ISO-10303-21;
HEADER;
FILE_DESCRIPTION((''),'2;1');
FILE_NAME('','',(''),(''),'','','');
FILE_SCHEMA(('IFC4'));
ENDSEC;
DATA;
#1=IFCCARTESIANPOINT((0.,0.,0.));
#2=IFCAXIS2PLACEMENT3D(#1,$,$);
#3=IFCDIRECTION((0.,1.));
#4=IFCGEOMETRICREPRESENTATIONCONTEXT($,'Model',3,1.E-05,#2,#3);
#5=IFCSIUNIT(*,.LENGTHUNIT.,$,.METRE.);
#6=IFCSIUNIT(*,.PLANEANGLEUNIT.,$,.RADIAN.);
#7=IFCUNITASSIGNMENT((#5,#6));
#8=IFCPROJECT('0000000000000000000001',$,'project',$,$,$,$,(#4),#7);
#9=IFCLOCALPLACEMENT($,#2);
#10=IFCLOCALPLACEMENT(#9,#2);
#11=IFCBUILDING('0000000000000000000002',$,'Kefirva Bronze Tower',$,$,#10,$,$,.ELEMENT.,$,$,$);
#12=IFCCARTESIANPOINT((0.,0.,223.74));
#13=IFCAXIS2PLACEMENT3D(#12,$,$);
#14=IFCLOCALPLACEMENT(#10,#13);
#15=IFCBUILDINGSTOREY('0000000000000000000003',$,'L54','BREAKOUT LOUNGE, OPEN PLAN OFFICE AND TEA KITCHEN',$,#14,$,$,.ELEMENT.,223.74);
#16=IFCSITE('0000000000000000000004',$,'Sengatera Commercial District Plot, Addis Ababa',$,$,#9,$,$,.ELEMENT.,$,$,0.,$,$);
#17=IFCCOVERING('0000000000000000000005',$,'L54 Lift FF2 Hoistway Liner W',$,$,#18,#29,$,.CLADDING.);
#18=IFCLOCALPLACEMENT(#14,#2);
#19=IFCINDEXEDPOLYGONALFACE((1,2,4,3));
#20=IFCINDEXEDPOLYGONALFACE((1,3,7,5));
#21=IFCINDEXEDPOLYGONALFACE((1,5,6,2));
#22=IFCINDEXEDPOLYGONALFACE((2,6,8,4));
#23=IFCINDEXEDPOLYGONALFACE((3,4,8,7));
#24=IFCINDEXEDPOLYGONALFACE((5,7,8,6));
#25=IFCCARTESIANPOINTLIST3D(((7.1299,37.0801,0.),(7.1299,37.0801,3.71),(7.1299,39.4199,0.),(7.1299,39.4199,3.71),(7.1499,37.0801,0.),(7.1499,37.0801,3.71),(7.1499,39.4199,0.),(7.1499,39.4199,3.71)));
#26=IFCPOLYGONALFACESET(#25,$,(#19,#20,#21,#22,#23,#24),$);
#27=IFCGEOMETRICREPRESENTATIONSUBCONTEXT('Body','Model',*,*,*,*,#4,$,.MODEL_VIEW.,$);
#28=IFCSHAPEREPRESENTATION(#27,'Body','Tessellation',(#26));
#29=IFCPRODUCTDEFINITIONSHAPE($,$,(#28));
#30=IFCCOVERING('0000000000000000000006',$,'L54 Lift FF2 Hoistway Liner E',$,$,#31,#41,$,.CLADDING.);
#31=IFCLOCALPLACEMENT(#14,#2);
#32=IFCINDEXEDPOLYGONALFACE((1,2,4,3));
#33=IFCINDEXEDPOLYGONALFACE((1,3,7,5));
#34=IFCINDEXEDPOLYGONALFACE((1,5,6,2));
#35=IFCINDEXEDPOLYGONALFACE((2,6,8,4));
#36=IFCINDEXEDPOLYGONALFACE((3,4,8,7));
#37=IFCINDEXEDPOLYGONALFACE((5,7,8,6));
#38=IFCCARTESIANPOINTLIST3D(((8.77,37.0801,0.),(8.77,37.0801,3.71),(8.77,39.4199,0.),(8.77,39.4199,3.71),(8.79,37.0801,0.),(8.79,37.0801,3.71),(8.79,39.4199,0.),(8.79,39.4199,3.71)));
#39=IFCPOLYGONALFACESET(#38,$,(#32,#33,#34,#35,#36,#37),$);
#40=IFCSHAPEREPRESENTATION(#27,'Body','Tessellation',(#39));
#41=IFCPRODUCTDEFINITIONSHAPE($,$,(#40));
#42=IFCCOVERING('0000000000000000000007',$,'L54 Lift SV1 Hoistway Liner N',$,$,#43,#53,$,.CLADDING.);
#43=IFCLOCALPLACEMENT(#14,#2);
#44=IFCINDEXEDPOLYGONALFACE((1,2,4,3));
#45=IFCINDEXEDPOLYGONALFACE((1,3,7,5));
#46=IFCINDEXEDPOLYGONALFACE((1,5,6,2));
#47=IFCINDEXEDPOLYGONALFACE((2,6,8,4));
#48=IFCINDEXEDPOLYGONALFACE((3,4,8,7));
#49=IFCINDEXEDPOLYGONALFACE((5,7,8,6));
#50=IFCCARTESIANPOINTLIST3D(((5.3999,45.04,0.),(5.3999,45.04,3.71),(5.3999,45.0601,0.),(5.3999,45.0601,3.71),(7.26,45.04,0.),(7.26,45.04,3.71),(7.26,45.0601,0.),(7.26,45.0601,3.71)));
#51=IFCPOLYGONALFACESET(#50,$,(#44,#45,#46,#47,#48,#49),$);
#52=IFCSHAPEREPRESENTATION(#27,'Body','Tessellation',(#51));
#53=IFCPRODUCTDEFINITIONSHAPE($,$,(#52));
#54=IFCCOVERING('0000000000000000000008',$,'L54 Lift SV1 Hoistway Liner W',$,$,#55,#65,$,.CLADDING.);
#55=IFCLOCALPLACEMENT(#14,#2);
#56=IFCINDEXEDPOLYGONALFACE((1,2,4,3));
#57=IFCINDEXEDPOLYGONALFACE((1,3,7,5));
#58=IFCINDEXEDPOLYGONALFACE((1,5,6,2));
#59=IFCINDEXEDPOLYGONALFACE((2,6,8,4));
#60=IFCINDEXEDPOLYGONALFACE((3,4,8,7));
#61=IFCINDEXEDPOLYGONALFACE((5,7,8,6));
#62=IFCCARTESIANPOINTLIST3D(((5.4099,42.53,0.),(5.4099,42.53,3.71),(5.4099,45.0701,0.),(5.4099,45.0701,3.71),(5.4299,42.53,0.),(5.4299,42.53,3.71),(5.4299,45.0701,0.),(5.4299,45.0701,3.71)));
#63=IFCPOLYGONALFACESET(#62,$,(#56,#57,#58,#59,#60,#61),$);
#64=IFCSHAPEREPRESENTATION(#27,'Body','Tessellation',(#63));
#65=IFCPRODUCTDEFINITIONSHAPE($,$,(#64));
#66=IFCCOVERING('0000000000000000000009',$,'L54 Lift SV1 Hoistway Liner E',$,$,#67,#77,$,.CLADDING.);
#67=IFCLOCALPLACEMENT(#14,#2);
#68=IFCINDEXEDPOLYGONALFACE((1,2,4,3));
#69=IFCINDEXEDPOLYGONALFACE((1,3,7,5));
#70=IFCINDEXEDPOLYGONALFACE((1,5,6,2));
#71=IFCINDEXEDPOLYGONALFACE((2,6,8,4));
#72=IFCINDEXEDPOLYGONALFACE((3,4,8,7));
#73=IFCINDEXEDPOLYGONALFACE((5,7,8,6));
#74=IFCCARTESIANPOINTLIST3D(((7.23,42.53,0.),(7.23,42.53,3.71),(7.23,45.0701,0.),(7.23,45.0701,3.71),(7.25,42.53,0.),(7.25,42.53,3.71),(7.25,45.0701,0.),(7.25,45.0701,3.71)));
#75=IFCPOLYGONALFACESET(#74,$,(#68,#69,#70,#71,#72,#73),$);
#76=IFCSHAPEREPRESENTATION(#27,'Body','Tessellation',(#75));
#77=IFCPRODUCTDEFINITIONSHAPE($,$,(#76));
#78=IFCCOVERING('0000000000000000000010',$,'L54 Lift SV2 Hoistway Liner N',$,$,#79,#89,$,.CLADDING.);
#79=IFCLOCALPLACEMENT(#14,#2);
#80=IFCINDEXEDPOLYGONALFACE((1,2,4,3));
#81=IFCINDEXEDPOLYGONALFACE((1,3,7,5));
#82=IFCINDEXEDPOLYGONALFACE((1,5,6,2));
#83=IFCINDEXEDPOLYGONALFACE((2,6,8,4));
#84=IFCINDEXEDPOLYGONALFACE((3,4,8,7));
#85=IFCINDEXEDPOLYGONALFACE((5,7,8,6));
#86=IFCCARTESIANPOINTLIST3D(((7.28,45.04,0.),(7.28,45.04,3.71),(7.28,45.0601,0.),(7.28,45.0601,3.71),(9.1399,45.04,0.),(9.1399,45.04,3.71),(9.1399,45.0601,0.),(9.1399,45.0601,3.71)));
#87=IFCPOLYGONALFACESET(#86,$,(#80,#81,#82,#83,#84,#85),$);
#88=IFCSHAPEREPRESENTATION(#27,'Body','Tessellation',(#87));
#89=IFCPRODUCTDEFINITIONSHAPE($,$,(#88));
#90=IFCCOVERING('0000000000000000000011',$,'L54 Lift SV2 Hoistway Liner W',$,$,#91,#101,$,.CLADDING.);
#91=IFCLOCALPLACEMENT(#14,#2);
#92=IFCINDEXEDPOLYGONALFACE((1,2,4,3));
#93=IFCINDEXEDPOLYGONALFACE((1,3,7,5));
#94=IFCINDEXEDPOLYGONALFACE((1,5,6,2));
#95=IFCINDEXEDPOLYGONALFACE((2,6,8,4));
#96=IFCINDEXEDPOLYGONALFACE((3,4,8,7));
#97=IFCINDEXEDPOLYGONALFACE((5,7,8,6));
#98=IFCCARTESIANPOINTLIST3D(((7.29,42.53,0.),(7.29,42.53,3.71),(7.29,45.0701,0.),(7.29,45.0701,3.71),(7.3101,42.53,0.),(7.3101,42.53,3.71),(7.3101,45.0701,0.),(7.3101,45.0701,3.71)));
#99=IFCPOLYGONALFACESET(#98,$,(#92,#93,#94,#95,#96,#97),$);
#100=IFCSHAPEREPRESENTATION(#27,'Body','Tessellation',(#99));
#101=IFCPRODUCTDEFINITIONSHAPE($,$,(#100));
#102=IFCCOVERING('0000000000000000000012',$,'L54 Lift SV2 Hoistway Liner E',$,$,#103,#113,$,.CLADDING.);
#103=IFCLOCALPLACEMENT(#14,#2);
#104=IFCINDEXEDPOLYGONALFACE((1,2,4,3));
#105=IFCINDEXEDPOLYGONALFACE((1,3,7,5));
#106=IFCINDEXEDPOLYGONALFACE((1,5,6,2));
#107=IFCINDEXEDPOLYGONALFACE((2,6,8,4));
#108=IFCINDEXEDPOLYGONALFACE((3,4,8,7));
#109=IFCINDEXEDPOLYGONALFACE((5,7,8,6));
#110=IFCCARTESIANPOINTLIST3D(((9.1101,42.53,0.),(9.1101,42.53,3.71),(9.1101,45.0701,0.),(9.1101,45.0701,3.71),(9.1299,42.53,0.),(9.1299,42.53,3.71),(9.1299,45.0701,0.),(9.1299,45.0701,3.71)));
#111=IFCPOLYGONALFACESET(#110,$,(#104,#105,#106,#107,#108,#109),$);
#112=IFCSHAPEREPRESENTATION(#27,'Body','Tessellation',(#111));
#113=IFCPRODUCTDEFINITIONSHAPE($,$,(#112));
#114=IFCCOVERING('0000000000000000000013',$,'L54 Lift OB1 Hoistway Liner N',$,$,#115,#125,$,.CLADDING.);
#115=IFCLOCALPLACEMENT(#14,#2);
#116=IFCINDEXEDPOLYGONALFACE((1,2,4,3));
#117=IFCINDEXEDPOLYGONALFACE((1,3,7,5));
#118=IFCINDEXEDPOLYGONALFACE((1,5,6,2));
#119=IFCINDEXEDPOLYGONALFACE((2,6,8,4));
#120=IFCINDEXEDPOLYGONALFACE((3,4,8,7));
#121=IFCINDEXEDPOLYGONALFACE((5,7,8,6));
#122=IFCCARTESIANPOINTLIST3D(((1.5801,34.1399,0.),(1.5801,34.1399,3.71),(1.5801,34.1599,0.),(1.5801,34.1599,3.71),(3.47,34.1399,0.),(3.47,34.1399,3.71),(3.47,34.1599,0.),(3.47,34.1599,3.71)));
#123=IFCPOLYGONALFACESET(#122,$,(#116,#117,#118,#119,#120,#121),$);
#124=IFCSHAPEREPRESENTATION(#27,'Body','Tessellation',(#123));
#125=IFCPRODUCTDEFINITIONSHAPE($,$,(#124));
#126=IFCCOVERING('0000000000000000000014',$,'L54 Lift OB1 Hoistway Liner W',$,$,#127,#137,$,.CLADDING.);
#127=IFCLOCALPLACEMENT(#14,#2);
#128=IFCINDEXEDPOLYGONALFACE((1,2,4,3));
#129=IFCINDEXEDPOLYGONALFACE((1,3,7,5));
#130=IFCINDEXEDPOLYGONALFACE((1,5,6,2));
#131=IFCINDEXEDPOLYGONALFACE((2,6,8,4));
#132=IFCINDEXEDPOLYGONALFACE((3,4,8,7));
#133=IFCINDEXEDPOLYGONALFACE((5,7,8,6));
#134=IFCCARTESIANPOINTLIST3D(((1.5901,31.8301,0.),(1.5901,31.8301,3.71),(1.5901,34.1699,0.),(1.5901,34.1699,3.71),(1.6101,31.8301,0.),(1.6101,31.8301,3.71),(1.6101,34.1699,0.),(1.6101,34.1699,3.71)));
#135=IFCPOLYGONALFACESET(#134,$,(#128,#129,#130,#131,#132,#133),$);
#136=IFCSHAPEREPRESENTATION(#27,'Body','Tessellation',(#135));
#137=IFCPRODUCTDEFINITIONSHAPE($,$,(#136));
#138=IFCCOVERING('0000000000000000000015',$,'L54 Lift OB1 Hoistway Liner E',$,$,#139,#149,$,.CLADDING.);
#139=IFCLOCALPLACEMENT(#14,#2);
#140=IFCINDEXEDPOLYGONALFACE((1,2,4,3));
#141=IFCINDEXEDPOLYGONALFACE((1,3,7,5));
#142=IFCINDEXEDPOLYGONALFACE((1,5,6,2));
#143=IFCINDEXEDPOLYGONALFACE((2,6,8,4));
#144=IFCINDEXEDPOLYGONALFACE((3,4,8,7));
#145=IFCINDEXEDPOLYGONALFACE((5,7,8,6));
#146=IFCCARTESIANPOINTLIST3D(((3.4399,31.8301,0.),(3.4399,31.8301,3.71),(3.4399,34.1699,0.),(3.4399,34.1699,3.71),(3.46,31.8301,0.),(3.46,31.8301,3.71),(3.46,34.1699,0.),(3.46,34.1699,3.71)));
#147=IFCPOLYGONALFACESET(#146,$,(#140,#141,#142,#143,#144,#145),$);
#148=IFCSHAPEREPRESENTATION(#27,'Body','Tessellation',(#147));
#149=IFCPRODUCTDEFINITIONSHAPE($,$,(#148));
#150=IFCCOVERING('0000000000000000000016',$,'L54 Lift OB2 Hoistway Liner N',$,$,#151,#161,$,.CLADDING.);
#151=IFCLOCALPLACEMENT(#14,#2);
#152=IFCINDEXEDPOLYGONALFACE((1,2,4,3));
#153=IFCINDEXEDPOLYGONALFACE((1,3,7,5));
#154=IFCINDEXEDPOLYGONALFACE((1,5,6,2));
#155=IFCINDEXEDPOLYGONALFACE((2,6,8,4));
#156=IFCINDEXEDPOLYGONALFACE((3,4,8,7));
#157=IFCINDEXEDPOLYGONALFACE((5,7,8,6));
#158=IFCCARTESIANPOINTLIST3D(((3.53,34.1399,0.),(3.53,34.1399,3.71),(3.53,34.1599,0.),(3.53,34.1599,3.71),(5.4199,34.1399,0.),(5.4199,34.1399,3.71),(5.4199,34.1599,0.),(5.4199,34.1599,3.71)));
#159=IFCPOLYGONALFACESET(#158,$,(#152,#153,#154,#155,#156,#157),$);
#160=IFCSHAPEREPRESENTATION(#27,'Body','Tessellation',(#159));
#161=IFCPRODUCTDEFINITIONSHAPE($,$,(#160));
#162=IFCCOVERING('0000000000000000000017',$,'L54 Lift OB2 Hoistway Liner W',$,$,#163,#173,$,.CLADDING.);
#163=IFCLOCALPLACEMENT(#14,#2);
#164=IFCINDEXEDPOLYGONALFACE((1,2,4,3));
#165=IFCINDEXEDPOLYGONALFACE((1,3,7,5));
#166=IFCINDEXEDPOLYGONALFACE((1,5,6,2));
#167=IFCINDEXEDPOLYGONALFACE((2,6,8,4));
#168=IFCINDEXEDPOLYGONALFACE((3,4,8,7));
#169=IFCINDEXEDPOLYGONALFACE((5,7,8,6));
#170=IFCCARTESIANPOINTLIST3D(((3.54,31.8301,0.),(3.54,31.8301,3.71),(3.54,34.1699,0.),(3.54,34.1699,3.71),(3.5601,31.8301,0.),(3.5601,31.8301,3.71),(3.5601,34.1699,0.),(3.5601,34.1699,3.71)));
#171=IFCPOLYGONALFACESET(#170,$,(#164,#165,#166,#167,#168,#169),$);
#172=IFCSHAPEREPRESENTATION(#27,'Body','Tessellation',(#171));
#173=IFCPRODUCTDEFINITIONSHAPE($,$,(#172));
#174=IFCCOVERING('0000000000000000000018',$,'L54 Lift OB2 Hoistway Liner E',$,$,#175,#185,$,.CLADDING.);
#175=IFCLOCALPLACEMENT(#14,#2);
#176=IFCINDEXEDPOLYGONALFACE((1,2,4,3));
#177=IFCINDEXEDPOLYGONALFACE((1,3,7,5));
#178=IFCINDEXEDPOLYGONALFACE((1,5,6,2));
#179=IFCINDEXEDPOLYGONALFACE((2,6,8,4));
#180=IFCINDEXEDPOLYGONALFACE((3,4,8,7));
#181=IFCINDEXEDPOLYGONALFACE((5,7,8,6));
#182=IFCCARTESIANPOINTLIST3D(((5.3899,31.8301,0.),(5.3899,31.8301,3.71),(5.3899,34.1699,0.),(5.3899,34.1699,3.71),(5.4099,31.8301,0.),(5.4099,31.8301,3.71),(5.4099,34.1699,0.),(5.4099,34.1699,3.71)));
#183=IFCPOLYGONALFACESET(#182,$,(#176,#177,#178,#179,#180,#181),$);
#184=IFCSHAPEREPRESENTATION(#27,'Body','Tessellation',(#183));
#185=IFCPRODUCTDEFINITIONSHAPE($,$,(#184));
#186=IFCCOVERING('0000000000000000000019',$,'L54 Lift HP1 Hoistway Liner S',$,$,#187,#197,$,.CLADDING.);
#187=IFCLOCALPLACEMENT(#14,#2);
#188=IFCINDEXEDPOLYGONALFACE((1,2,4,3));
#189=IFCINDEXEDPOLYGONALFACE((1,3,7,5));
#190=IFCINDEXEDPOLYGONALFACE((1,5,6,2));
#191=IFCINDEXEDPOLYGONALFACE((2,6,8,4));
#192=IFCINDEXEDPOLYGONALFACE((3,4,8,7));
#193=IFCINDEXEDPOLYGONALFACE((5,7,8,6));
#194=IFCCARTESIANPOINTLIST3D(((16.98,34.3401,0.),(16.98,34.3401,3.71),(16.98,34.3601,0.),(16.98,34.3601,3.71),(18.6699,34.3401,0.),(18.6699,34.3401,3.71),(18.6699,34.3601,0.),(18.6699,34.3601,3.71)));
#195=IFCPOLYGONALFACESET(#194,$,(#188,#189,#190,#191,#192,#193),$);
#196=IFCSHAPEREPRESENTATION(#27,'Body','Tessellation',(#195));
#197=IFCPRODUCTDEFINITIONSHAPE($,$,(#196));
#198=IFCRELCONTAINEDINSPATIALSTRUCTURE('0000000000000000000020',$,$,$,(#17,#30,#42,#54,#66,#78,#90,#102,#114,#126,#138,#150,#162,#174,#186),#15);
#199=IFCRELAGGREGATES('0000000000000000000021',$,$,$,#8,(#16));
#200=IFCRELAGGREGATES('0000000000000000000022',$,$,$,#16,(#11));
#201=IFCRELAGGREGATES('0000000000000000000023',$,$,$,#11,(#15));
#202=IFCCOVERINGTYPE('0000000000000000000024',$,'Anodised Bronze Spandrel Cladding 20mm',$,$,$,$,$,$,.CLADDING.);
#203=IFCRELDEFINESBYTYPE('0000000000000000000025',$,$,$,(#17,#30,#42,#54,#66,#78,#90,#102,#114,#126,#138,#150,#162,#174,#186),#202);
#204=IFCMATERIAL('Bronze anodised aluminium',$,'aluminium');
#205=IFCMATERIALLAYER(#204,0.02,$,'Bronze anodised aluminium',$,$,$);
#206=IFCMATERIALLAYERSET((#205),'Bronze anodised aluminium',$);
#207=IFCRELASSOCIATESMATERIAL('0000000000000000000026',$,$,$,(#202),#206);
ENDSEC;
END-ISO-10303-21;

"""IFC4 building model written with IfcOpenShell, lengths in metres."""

from ifc_helpers import new_model, si_unit, direction, frame, origin, place, context, subcontext, project, spatial, polyline, outline, extrude, material, layer, layer_set, type_object, element, save


model = new_model("IFC4")

# Units and contexts
model_context = context("Model", 3, precision=1e-05, world=origin(), true_north=direction((0.0, 1.0)))
body_context = subcontext(model_context, "Body", "Model", "MODEL_VIEW")
ifc_project = project(units=[si_unit("LENGTHUNIT", "METRE"), si_unit("PLANEANGLEUNIT", "RADIAN")], contexts=[model_context])

# Site, building, storey
site_placement = place(None, origin())
site = spatial("IfcSite", under=ifc_project, at=site_placement, Name="Sengatera Commercial District Plot, Addis Ababa", CompositionType="ELEMENT", RefElevation=0.0)
building_placement = place(site_placement, origin())
building = spatial("IfcBuilding", under=site, at=building_placement, Name="Kefirva Bronze Tower", CompositionType="ELEMENT")
storey_placement = place(building_placement, frame((0.0, 0.0, 223.74)))
storey = spatial("IfcBuildingStorey", under=building, at=storey_placement, Name="L54", Description="BREAKOUT LOUNGE, OPEN PLAN OFFICE AND TEA KITCHEN", CompositionType="ELEMENT", Elevation=223.74)

# Coverings
ifc_material_1 = material(Name="Bronze anodised aluminium", Category="aluminium")
ifc_layer_1 = layer(ifc_material_1, 0.02, Name="Bronze anodised aluminium")
ifc_layer_set_1 = layer_set([ifc_layer_1], Name="Bronze anodised aluminium")
covering_type_1 = type_object("IfcCoveringType", Name="Anodised Bronze Spandrel Cladding 20mm", PredefinedType="CLADDING", material=ifc_layer_set_1)
covering_1_placement = place(storey_placement, origin())
element("IfcCovering", 1, at=covering_1_placement, inside=storey, type_object=covering_type_1, Name="L54 Lift FF2 Hoistway Liner W", PredefinedType="CLADDING", context=body_context, shape_type="SweptSolid", body=[
    extrude(outline(polyline([(7.1299, 37.0801), (7.1499, 37.0801), (7.1499, 39.4199), (7.1299, 39.4199), (7.1299, 37.0801)])), origin(), (0.0, 0.0, 1.0), 3.71),
])
covering_2_placement = place(storey_placement, origin())
element("IfcCovering", 2, at=covering_2_placement, inside=storey, type_object=covering_type_1, Name="L54 Lift FF2 Hoistway Liner E", PredefinedType="CLADDING", context=body_context, shape_type="SweptSolid", body=[
    extrude(outline(polyline([(8.77, 37.0801), (8.79, 37.0801), (8.79, 39.4199), (8.77, 39.4199), (8.77, 37.0801)])), origin(), (0.0, 0.0, 1.0), 3.71),
])
covering_3_placement = place(storey_placement, origin())
element("IfcCovering", 3, at=covering_3_placement, inside=storey, type_object=covering_type_1, Name="L54 Lift SV1 Hoistway Liner N", PredefinedType="CLADDING", context=body_context, shape_type="SweptSolid", body=[
    extrude(outline(polyline([(5.3999, 45.04), (7.26, 45.04), (7.26, 45.0601), (5.3999, 45.0601), (5.3999, 45.04)])), origin(), (0.0, 0.0, 1.0), 3.71),
])
covering_4_placement = place(storey_placement, origin())
element("IfcCovering", 4, at=covering_4_placement, inside=storey, type_object=covering_type_1, Name="L54 Lift SV1 Hoistway Liner W", PredefinedType="CLADDING", context=body_context, shape_type="SweptSolid", body=[
    extrude(outline(polyline([(5.4099, 42.53), (5.4299, 42.53), (5.4299, 45.0701), (5.4099, 45.0701), (5.4099, 42.53)])), origin(), (0.0, 0.0, 1.0), 3.71),
])
covering_5_placement = place(storey_placement, origin())
element("IfcCovering", 5, at=covering_5_placement, inside=storey, type_object=covering_type_1, Name="L54 Lift SV1 Hoistway Liner E", PredefinedType="CLADDING", context=body_context, shape_type="SweptSolid", body=[
    extrude(outline(polyline([(7.23, 42.53), (7.25, 42.53), (7.25, 45.0701), (7.23, 45.0701), (7.23, 42.53)])), origin(), (0.0, 0.0, 1.0), 3.71),
])
covering_6_placement = place(storey_placement, origin())
element("IfcCovering", 6, at=covering_6_placement, inside=storey, type_object=covering_type_1, Name="L54 Lift SV2 Hoistway Liner N", PredefinedType="CLADDING", context=body_context, shape_type="SweptSolid", body=[
    extrude(outline(polyline([(7.28, 45.04), (9.1399, 45.04), (9.1399, 45.0601), (7.28, 45.0601), (7.28, 45.04)])), origin(), (0.0, 0.0, 1.0), 3.71),
])
covering_7_placement = place(storey_placement, origin())
element("IfcCovering", 7, at=covering_7_placement, inside=storey, type_object=covering_type_1, Name="L54 Lift SV2 Hoistway Liner W", PredefinedType="CLADDING", context=body_context, shape_type="SweptSolid", body=[
    extrude(outline(polyline([(7.29, 42.53), (7.3101, 42.53), (7.3101, 45.0701), (7.29, 45.0701), (7.29, 42.53)])), origin(), (0.0, 0.0, 1.0), 3.71),
])
covering_8_placement = place(storey_placement, origin())
element("IfcCovering", 8, at=covering_8_placement, inside=storey, type_object=covering_type_1, Name="L54 Lift SV2 Hoistway Liner E", PredefinedType="CLADDING", context=body_context, shape_type="SweptSolid", body=[
    extrude(outline(polyline([(9.1101, 42.53), (9.1299, 42.53), (9.1299, 45.0701), (9.1101, 45.0701), (9.1101, 42.53)])), origin(), (0.0, 0.0, 1.0), 3.71),
])
covering_9_placement = place(storey_placement, origin())
element("IfcCovering", 9, at=covering_9_placement, inside=storey, type_object=covering_type_1, Name="L54 Lift OB1 Hoistway Liner N", PredefinedType="CLADDING", context=body_context, shape_type="SweptSolid", body=[
    extrude(outline(polyline([(1.5801, 34.1399), (3.47, 34.1399), (3.47, 34.1599), (1.5801, 34.1599), (1.5801, 34.1399)])), origin(), (0.0, 0.0, 1.0), 3.71),
])
covering_10_placement = place(storey_placement, origin())
element("IfcCovering", 10, at=covering_10_placement, inside=storey, type_object=covering_type_1, Name="L54 Lift OB1 Hoistway Liner W", PredefinedType="CLADDING", context=body_context, shape_type="SweptSolid", body=[
    extrude(outline(polyline([(1.5901, 31.8301), (1.6101, 31.8301), (1.6101, 34.1699), (1.5901, 34.1699), (1.5901, 31.8301)])), origin(), (0.0, 0.0, 1.0), 3.71),
])
covering_11_placement = place(storey_placement, origin())
element("IfcCovering", 11, at=covering_11_placement, inside=storey, type_object=covering_type_1, Name="L54 Lift OB1 Hoistway Liner E", PredefinedType="CLADDING", context=body_context, shape_type="SweptSolid", body=[
    extrude(outline(polyline([(3.4399, 31.8301), (3.46, 31.8301), (3.46, 34.1699), (3.4399, 34.1699), (3.4399, 31.8301)])), origin(), (0.0, 0.0, 1.0), 3.71),
])
covering_12_placement = place(storey_placement, origin())
element("IfcCovering", 12, at=covering_12_placement, inside=storey, type_object=covering_type_1, Name="L54 Lift OB2 Hoistway Liner N", PredefinedType="CLADDING", context=body_context, shape_type="SweptSolid", body=[
    extrude(outline(polyline([(3.53, 34.1399), (5.4199, 34.1399), (5.4199, 34.1599), (3.53, 34.1599), (3.53, 34.1399)])), origin(), (0.0, 0.0, 1.0), 3.71),
])
covering_13_placement = place(storey_placement, origin())
element("IfcCovering", 13, at=covering_13_placement, inside=storey, type_object=covering_type_1, Name="L54 Lift OB2 Hoistway Liner W", PredefinedType="CLADDING", context=body_context, shape_type="SweptSolid", body=[
    extrude(outline(polyline([(3.54, 31.8301), (3.5601, 31.8301), (3.5601, 34.1699), (3.54, 34.1699), (3.54, 31.8301)])), origin(), (0.0, 0.0, 1.0), 3.71),
])
covering_14_placement = place(storey_placement, origin())
element("IfcCovering", 14, at=covering_14_placement, inside=storey, type_object=covering_type_1, Name="L54 Lift OB2 Hoistway Liner E", PredefinedType="CLADDING", context=body_context, shape_type="SweptSolid", body=[
    extrude(outline(polyline([(5.3899, 31.8301), (5.4099, 31.8301), (5.4099, 34.1699), (5.3899, 34.1699), (5.3899, 31.8301)])), origin(), (0.0, 0.0, 1.0), 3.71),
])
covering_15_placement = place(storey_placement, origin())
element("IfcCovering", 15, at=covering_15_placement, inside=storey, type_object=covering_type_1, Name="L54 Lift HP1 Hoistway Liner S", PredefinedType="CLADDING", context=body_context, shape_type="SweptSolid", body=[
    extrude(outline(polyline([(16.98, 34.3401), (18.6699, 34.3401), (18.6699, 34.3601), (16.98, 34.3601), (16.98, 34.3401)])), origin(), (0.0, 0.0, 1.0), 3.71),
])

save(model, "model.ifc")
